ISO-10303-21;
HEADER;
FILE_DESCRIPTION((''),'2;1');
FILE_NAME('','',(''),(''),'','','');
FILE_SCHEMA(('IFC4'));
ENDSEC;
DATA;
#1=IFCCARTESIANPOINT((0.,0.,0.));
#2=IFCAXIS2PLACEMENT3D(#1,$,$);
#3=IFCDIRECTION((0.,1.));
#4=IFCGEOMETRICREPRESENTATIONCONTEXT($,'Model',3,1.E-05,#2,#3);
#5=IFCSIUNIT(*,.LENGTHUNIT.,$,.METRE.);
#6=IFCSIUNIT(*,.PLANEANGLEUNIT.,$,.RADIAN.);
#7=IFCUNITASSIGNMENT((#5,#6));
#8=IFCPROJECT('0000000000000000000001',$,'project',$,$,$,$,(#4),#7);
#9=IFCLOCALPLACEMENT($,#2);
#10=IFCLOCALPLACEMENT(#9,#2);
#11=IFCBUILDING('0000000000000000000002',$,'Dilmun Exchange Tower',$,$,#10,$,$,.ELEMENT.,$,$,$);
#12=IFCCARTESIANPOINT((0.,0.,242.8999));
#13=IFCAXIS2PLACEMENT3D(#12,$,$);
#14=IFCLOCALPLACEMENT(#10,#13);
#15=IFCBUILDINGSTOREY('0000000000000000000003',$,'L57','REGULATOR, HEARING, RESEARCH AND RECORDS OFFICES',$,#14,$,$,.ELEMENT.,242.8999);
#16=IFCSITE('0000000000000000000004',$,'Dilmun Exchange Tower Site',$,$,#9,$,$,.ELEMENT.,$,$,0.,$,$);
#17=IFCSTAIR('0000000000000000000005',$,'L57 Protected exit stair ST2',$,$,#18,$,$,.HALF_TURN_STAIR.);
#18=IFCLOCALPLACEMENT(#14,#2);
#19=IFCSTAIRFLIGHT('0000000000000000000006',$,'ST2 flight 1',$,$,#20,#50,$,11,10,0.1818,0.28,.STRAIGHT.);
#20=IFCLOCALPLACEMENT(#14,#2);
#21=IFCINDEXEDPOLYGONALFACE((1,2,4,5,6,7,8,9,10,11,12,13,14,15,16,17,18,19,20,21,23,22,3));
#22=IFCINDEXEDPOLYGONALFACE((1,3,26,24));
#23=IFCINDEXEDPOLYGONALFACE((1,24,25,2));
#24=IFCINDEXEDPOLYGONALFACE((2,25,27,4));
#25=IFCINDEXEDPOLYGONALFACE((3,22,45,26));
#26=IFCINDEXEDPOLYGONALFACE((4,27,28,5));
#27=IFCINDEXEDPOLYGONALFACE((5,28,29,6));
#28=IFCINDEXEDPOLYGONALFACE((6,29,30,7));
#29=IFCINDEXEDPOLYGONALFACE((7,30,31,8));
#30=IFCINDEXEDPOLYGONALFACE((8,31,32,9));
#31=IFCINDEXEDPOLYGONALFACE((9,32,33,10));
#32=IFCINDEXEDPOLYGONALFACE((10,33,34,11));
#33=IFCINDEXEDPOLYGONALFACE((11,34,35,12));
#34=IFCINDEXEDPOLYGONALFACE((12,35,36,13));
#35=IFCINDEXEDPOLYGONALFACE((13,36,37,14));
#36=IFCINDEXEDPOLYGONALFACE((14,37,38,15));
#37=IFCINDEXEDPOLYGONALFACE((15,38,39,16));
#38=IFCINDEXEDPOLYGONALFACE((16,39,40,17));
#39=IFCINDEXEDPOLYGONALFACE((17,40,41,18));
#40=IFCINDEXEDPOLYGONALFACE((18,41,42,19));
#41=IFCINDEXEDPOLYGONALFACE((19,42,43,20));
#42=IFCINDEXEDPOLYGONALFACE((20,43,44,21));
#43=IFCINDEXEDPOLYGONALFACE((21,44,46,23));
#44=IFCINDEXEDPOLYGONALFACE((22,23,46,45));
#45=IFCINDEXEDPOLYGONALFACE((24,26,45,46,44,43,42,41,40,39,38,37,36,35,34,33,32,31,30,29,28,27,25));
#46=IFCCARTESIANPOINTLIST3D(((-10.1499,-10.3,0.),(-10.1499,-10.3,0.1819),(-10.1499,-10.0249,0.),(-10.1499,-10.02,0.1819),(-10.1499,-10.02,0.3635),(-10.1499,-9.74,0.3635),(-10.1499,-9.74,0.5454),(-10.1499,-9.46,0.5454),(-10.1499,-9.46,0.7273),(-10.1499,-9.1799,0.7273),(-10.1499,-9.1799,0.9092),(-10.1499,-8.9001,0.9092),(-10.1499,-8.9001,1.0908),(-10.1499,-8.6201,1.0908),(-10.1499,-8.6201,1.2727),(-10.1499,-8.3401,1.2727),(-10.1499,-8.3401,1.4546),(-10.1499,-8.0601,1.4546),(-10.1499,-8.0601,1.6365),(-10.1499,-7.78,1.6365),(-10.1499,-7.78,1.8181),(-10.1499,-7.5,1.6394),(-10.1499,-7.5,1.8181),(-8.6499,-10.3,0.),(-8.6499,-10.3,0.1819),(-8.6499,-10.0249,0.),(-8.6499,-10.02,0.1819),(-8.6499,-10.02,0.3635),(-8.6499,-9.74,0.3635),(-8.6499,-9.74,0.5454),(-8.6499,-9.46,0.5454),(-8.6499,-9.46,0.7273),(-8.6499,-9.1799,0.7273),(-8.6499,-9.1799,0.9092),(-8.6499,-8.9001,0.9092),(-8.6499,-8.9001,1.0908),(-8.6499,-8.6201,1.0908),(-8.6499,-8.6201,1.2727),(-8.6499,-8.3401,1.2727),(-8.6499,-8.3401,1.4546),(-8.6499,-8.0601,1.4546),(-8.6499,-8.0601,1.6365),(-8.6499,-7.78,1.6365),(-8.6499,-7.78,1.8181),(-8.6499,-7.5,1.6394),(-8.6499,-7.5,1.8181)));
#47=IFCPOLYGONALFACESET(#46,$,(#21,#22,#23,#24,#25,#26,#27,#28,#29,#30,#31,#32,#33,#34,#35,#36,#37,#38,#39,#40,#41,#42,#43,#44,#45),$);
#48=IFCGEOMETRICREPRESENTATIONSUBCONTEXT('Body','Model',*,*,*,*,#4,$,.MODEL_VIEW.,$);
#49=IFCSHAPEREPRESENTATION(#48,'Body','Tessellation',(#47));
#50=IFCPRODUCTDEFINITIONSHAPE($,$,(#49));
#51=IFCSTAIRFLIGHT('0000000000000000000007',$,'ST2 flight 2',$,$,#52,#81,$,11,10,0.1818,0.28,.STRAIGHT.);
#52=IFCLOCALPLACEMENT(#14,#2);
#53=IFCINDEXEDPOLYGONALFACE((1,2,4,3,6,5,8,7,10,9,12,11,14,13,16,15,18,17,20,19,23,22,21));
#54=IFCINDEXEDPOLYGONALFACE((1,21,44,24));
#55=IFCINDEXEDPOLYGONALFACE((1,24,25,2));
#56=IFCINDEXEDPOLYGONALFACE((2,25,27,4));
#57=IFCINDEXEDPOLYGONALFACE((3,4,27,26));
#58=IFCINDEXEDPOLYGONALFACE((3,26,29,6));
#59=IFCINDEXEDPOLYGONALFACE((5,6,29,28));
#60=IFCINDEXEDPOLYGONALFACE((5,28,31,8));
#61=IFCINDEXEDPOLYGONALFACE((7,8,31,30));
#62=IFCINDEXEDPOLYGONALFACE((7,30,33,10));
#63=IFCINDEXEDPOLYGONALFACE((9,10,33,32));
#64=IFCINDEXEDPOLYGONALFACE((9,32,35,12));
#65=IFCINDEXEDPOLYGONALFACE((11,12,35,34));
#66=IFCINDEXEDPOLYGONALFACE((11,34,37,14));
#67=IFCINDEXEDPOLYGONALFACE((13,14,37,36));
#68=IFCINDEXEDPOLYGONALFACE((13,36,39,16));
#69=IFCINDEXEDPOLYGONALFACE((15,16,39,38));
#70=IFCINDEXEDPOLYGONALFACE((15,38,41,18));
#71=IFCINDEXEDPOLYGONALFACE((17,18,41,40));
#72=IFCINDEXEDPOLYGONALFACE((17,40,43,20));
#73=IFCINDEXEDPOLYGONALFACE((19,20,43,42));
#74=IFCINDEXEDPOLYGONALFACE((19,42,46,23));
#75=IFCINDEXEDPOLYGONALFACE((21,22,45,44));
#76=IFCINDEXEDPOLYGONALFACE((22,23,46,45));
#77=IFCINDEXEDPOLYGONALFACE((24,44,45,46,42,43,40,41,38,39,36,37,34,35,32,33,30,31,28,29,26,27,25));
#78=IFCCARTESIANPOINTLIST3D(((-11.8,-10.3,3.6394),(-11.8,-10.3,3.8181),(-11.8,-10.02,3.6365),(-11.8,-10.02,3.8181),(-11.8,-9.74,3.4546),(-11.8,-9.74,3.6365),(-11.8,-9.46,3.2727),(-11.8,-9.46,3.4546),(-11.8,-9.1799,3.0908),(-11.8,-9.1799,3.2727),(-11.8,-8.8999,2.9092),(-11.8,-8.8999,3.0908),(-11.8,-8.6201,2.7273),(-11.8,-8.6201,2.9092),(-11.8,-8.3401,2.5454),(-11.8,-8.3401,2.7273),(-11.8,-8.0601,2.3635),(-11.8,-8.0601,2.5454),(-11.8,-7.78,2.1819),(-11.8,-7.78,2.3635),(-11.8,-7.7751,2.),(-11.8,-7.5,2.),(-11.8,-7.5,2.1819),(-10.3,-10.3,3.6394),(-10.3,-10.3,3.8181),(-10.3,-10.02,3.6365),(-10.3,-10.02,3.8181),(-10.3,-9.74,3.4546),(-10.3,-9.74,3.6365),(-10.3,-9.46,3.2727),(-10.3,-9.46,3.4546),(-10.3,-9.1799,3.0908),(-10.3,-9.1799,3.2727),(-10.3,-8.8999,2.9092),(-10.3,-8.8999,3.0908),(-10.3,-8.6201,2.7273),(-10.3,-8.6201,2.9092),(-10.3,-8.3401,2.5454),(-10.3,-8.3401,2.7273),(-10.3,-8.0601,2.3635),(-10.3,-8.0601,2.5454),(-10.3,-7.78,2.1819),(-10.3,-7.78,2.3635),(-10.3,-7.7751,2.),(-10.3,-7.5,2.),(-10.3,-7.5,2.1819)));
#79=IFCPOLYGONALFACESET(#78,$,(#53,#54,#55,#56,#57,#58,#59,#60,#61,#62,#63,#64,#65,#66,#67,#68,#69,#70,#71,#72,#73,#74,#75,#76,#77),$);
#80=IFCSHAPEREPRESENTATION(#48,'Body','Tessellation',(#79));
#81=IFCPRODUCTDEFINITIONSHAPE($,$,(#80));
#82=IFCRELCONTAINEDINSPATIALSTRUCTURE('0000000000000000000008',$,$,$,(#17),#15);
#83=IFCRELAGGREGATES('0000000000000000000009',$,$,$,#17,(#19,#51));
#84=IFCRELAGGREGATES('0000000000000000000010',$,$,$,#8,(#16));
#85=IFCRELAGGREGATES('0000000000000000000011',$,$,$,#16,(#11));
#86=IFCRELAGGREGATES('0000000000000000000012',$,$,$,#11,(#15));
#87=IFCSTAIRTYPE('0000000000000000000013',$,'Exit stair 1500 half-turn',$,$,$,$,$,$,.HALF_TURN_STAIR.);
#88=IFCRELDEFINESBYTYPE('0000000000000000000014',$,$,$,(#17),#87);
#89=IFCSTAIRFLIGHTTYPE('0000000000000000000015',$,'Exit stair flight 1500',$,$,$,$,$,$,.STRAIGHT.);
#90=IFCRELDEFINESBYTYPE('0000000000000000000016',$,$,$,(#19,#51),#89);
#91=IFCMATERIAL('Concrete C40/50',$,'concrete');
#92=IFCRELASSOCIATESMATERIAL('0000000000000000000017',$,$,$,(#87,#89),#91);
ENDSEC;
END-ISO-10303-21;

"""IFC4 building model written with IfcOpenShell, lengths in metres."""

from ifc_helpers import new_model, si_unit, direction, frame, origin, place, context, subcontext, project, spatial, polyline, outline, extrude, material, type_object, element, aggregate, save


model = new_model("IFC4")

# Units and contexts
model_context = context("Model", 3, precision=1e-05, world=origin(), true_north=direction((0.0, 1.0)))
body_context = subcontext(model_context, "Body", "Model", "MODEL_VIEW")
ifc_project = project(units=[si_unit("LENGTHUNIT", "METRE"), si_unit("PLANEANGLEUNIT", "RADIAN")], contexts=[model_context])

# Site, building, storey
site_placement = place(None, origin())
site = spatial("IfcSite", under=ifc_project, at=site_placement, Name="Dilmun Exchange Tower Site", CompositionType="ELEMENT", RefElevation=0.0)
building_placement = place(site_placement, origin())
building = spatial("IfcBuilding", under=site, at=building_placement, Name="Dilmun Exchange Tower", CompositionType="ELEMENT")
storey_placement = place(building_placement, frame((0.0, 0.0, 242.8999)))
storey = spatial("IfcBuildingStorey", under=building, at=storey_placement, Name="L57", Description="REGULATOR, HEARING, RESEARCH AND RECORDS OFFICES", CompositionType="ELEMENT", Elevation=242.8999)

# Shared definitions
ifc_material_1 = material(Name="Concrete C40/50", Category="concrete")

# Stair, stair flights
stair_type = type_object("IfcStairType", Name="Exit stair 1500 half-turn", PredefinedType="HALF_TURN_STAIR", material=ifc_material_1)
stair_placement = place(storey_placement, origin())
stair = element("IfcStair", 1, at=stair_placement, inside=storey, type_object=stair_type, Name="L57 Protected exit stair ST2", PredefinedType="HALF_TURN_STAIR")
stair_flight_type = type_object("IfcStairFlightType", Name="Exit stair flight 1500", PredefinedType="STRAIGHT", material=ifc_material_1)
stair_flight_1_placement = place(storey_placement, frame((-9.3999, -10.3, 0.0), z_axis=(0.0, 0.0, 1.0), x_axis=(0.0, 1.0, 0.0)))
stair_flight_1 = element("IfcStairFlight", 2, at=stair_flight_1_placement, type_object=stair_flight_type, Name="ST2 flight 1", NumberOfRisers=11, NumberOfTreads=10, PredefinedType="STRAIGHT", RiserHeight=0.1818, TreadLength=0.28, context=body_context, shape_type="SweptSolid", body=[
    extrude(outline(polyline([(0.0, 0.0), (0.0, 0.1819), (0.28, 0.1819), (0.28, 0.3635), (0.5601, 0.3635), (0.5601, 0.5454), (0.8401, 0.5454), (0.8401, 0.7273), (1.1201, 0.7273), (1.1201, 0.9092), (1.3999, 0.9092), (1.3999, 1.0908), (1.6799, 1.0908), (1.6799, 1.2727), (1.96, 1.2727), (1.96, 1.4546), (2.24, 1.4546), (2.24, 1.6365), (2.52, 1.6365), (2.52, 1.8181), (2.8, 1.8181), (2.8, 2.0), (2.8, 1.6394), (0.2751, 0.0), (0.0, 0.0)])), frame((0.0, 0.75, 0.0), z_axis=(0.0, -1.0, 0.0), x_axis=(1.0, 0.0, 0.0)), (0.0, 0.0, 1.0), 1.5),
])
stair_flight_2_placement = place(storey_placement, frame((-11.05, -7.5, 2.0), z_axis=(0.0, 0.0, 1.0), x_axis=(0.0, -1.0, 0.0)))
stair_flight_2 = element("IfcStairFlight", 3, at=stair_flight_2_placement, type_object=stair_flight_type, Name="ST2 flight 2", NumberOfRisers=11, NumberOfTreads=10, PredefinedType="STRAIGHT", RiserHeight=0.1818, TreadLength=0.28, context=body_context, shape_type="SweptSolid", body=[
    extrude(outline(polyline([(0.0, 0.0), (0.0, 0.1819), (0.28, 0.1819), (0.28, 0.3635), (0.5601, 0.3635), (0.5601, 0.5454), (0.8401, 0.5454), (0.8401, 0.7273), (1.1201, 0.7273), (1.1201, 0.9092), (1.3999, 0.9092), (1.3999, 1.0908), (1.6799, 1.0908), (1.6799, 1.2727), (1.96, 1.2727), (1.96, 1.4546), (2.24, 1.4546), (2.24, 1.6365), (2.52, 1.6365), (2.52, 1.8181), (2.8, 1.8181), (2.8, 2.0), (2.8, 1.6394), (0.2751, 0.0), (0.0, 0.0)])), frame((0.0, 0.75, 0.0), z_axis=(0.0, -1.0, 0.0), x_axis=(1.0, 0.0, 0.0)), (0.0, 0.0, 1.0), 1.5),
])
aggregate(stair, [stair_flight_1, stair_flight_2])

save(model, "model.ifc")
